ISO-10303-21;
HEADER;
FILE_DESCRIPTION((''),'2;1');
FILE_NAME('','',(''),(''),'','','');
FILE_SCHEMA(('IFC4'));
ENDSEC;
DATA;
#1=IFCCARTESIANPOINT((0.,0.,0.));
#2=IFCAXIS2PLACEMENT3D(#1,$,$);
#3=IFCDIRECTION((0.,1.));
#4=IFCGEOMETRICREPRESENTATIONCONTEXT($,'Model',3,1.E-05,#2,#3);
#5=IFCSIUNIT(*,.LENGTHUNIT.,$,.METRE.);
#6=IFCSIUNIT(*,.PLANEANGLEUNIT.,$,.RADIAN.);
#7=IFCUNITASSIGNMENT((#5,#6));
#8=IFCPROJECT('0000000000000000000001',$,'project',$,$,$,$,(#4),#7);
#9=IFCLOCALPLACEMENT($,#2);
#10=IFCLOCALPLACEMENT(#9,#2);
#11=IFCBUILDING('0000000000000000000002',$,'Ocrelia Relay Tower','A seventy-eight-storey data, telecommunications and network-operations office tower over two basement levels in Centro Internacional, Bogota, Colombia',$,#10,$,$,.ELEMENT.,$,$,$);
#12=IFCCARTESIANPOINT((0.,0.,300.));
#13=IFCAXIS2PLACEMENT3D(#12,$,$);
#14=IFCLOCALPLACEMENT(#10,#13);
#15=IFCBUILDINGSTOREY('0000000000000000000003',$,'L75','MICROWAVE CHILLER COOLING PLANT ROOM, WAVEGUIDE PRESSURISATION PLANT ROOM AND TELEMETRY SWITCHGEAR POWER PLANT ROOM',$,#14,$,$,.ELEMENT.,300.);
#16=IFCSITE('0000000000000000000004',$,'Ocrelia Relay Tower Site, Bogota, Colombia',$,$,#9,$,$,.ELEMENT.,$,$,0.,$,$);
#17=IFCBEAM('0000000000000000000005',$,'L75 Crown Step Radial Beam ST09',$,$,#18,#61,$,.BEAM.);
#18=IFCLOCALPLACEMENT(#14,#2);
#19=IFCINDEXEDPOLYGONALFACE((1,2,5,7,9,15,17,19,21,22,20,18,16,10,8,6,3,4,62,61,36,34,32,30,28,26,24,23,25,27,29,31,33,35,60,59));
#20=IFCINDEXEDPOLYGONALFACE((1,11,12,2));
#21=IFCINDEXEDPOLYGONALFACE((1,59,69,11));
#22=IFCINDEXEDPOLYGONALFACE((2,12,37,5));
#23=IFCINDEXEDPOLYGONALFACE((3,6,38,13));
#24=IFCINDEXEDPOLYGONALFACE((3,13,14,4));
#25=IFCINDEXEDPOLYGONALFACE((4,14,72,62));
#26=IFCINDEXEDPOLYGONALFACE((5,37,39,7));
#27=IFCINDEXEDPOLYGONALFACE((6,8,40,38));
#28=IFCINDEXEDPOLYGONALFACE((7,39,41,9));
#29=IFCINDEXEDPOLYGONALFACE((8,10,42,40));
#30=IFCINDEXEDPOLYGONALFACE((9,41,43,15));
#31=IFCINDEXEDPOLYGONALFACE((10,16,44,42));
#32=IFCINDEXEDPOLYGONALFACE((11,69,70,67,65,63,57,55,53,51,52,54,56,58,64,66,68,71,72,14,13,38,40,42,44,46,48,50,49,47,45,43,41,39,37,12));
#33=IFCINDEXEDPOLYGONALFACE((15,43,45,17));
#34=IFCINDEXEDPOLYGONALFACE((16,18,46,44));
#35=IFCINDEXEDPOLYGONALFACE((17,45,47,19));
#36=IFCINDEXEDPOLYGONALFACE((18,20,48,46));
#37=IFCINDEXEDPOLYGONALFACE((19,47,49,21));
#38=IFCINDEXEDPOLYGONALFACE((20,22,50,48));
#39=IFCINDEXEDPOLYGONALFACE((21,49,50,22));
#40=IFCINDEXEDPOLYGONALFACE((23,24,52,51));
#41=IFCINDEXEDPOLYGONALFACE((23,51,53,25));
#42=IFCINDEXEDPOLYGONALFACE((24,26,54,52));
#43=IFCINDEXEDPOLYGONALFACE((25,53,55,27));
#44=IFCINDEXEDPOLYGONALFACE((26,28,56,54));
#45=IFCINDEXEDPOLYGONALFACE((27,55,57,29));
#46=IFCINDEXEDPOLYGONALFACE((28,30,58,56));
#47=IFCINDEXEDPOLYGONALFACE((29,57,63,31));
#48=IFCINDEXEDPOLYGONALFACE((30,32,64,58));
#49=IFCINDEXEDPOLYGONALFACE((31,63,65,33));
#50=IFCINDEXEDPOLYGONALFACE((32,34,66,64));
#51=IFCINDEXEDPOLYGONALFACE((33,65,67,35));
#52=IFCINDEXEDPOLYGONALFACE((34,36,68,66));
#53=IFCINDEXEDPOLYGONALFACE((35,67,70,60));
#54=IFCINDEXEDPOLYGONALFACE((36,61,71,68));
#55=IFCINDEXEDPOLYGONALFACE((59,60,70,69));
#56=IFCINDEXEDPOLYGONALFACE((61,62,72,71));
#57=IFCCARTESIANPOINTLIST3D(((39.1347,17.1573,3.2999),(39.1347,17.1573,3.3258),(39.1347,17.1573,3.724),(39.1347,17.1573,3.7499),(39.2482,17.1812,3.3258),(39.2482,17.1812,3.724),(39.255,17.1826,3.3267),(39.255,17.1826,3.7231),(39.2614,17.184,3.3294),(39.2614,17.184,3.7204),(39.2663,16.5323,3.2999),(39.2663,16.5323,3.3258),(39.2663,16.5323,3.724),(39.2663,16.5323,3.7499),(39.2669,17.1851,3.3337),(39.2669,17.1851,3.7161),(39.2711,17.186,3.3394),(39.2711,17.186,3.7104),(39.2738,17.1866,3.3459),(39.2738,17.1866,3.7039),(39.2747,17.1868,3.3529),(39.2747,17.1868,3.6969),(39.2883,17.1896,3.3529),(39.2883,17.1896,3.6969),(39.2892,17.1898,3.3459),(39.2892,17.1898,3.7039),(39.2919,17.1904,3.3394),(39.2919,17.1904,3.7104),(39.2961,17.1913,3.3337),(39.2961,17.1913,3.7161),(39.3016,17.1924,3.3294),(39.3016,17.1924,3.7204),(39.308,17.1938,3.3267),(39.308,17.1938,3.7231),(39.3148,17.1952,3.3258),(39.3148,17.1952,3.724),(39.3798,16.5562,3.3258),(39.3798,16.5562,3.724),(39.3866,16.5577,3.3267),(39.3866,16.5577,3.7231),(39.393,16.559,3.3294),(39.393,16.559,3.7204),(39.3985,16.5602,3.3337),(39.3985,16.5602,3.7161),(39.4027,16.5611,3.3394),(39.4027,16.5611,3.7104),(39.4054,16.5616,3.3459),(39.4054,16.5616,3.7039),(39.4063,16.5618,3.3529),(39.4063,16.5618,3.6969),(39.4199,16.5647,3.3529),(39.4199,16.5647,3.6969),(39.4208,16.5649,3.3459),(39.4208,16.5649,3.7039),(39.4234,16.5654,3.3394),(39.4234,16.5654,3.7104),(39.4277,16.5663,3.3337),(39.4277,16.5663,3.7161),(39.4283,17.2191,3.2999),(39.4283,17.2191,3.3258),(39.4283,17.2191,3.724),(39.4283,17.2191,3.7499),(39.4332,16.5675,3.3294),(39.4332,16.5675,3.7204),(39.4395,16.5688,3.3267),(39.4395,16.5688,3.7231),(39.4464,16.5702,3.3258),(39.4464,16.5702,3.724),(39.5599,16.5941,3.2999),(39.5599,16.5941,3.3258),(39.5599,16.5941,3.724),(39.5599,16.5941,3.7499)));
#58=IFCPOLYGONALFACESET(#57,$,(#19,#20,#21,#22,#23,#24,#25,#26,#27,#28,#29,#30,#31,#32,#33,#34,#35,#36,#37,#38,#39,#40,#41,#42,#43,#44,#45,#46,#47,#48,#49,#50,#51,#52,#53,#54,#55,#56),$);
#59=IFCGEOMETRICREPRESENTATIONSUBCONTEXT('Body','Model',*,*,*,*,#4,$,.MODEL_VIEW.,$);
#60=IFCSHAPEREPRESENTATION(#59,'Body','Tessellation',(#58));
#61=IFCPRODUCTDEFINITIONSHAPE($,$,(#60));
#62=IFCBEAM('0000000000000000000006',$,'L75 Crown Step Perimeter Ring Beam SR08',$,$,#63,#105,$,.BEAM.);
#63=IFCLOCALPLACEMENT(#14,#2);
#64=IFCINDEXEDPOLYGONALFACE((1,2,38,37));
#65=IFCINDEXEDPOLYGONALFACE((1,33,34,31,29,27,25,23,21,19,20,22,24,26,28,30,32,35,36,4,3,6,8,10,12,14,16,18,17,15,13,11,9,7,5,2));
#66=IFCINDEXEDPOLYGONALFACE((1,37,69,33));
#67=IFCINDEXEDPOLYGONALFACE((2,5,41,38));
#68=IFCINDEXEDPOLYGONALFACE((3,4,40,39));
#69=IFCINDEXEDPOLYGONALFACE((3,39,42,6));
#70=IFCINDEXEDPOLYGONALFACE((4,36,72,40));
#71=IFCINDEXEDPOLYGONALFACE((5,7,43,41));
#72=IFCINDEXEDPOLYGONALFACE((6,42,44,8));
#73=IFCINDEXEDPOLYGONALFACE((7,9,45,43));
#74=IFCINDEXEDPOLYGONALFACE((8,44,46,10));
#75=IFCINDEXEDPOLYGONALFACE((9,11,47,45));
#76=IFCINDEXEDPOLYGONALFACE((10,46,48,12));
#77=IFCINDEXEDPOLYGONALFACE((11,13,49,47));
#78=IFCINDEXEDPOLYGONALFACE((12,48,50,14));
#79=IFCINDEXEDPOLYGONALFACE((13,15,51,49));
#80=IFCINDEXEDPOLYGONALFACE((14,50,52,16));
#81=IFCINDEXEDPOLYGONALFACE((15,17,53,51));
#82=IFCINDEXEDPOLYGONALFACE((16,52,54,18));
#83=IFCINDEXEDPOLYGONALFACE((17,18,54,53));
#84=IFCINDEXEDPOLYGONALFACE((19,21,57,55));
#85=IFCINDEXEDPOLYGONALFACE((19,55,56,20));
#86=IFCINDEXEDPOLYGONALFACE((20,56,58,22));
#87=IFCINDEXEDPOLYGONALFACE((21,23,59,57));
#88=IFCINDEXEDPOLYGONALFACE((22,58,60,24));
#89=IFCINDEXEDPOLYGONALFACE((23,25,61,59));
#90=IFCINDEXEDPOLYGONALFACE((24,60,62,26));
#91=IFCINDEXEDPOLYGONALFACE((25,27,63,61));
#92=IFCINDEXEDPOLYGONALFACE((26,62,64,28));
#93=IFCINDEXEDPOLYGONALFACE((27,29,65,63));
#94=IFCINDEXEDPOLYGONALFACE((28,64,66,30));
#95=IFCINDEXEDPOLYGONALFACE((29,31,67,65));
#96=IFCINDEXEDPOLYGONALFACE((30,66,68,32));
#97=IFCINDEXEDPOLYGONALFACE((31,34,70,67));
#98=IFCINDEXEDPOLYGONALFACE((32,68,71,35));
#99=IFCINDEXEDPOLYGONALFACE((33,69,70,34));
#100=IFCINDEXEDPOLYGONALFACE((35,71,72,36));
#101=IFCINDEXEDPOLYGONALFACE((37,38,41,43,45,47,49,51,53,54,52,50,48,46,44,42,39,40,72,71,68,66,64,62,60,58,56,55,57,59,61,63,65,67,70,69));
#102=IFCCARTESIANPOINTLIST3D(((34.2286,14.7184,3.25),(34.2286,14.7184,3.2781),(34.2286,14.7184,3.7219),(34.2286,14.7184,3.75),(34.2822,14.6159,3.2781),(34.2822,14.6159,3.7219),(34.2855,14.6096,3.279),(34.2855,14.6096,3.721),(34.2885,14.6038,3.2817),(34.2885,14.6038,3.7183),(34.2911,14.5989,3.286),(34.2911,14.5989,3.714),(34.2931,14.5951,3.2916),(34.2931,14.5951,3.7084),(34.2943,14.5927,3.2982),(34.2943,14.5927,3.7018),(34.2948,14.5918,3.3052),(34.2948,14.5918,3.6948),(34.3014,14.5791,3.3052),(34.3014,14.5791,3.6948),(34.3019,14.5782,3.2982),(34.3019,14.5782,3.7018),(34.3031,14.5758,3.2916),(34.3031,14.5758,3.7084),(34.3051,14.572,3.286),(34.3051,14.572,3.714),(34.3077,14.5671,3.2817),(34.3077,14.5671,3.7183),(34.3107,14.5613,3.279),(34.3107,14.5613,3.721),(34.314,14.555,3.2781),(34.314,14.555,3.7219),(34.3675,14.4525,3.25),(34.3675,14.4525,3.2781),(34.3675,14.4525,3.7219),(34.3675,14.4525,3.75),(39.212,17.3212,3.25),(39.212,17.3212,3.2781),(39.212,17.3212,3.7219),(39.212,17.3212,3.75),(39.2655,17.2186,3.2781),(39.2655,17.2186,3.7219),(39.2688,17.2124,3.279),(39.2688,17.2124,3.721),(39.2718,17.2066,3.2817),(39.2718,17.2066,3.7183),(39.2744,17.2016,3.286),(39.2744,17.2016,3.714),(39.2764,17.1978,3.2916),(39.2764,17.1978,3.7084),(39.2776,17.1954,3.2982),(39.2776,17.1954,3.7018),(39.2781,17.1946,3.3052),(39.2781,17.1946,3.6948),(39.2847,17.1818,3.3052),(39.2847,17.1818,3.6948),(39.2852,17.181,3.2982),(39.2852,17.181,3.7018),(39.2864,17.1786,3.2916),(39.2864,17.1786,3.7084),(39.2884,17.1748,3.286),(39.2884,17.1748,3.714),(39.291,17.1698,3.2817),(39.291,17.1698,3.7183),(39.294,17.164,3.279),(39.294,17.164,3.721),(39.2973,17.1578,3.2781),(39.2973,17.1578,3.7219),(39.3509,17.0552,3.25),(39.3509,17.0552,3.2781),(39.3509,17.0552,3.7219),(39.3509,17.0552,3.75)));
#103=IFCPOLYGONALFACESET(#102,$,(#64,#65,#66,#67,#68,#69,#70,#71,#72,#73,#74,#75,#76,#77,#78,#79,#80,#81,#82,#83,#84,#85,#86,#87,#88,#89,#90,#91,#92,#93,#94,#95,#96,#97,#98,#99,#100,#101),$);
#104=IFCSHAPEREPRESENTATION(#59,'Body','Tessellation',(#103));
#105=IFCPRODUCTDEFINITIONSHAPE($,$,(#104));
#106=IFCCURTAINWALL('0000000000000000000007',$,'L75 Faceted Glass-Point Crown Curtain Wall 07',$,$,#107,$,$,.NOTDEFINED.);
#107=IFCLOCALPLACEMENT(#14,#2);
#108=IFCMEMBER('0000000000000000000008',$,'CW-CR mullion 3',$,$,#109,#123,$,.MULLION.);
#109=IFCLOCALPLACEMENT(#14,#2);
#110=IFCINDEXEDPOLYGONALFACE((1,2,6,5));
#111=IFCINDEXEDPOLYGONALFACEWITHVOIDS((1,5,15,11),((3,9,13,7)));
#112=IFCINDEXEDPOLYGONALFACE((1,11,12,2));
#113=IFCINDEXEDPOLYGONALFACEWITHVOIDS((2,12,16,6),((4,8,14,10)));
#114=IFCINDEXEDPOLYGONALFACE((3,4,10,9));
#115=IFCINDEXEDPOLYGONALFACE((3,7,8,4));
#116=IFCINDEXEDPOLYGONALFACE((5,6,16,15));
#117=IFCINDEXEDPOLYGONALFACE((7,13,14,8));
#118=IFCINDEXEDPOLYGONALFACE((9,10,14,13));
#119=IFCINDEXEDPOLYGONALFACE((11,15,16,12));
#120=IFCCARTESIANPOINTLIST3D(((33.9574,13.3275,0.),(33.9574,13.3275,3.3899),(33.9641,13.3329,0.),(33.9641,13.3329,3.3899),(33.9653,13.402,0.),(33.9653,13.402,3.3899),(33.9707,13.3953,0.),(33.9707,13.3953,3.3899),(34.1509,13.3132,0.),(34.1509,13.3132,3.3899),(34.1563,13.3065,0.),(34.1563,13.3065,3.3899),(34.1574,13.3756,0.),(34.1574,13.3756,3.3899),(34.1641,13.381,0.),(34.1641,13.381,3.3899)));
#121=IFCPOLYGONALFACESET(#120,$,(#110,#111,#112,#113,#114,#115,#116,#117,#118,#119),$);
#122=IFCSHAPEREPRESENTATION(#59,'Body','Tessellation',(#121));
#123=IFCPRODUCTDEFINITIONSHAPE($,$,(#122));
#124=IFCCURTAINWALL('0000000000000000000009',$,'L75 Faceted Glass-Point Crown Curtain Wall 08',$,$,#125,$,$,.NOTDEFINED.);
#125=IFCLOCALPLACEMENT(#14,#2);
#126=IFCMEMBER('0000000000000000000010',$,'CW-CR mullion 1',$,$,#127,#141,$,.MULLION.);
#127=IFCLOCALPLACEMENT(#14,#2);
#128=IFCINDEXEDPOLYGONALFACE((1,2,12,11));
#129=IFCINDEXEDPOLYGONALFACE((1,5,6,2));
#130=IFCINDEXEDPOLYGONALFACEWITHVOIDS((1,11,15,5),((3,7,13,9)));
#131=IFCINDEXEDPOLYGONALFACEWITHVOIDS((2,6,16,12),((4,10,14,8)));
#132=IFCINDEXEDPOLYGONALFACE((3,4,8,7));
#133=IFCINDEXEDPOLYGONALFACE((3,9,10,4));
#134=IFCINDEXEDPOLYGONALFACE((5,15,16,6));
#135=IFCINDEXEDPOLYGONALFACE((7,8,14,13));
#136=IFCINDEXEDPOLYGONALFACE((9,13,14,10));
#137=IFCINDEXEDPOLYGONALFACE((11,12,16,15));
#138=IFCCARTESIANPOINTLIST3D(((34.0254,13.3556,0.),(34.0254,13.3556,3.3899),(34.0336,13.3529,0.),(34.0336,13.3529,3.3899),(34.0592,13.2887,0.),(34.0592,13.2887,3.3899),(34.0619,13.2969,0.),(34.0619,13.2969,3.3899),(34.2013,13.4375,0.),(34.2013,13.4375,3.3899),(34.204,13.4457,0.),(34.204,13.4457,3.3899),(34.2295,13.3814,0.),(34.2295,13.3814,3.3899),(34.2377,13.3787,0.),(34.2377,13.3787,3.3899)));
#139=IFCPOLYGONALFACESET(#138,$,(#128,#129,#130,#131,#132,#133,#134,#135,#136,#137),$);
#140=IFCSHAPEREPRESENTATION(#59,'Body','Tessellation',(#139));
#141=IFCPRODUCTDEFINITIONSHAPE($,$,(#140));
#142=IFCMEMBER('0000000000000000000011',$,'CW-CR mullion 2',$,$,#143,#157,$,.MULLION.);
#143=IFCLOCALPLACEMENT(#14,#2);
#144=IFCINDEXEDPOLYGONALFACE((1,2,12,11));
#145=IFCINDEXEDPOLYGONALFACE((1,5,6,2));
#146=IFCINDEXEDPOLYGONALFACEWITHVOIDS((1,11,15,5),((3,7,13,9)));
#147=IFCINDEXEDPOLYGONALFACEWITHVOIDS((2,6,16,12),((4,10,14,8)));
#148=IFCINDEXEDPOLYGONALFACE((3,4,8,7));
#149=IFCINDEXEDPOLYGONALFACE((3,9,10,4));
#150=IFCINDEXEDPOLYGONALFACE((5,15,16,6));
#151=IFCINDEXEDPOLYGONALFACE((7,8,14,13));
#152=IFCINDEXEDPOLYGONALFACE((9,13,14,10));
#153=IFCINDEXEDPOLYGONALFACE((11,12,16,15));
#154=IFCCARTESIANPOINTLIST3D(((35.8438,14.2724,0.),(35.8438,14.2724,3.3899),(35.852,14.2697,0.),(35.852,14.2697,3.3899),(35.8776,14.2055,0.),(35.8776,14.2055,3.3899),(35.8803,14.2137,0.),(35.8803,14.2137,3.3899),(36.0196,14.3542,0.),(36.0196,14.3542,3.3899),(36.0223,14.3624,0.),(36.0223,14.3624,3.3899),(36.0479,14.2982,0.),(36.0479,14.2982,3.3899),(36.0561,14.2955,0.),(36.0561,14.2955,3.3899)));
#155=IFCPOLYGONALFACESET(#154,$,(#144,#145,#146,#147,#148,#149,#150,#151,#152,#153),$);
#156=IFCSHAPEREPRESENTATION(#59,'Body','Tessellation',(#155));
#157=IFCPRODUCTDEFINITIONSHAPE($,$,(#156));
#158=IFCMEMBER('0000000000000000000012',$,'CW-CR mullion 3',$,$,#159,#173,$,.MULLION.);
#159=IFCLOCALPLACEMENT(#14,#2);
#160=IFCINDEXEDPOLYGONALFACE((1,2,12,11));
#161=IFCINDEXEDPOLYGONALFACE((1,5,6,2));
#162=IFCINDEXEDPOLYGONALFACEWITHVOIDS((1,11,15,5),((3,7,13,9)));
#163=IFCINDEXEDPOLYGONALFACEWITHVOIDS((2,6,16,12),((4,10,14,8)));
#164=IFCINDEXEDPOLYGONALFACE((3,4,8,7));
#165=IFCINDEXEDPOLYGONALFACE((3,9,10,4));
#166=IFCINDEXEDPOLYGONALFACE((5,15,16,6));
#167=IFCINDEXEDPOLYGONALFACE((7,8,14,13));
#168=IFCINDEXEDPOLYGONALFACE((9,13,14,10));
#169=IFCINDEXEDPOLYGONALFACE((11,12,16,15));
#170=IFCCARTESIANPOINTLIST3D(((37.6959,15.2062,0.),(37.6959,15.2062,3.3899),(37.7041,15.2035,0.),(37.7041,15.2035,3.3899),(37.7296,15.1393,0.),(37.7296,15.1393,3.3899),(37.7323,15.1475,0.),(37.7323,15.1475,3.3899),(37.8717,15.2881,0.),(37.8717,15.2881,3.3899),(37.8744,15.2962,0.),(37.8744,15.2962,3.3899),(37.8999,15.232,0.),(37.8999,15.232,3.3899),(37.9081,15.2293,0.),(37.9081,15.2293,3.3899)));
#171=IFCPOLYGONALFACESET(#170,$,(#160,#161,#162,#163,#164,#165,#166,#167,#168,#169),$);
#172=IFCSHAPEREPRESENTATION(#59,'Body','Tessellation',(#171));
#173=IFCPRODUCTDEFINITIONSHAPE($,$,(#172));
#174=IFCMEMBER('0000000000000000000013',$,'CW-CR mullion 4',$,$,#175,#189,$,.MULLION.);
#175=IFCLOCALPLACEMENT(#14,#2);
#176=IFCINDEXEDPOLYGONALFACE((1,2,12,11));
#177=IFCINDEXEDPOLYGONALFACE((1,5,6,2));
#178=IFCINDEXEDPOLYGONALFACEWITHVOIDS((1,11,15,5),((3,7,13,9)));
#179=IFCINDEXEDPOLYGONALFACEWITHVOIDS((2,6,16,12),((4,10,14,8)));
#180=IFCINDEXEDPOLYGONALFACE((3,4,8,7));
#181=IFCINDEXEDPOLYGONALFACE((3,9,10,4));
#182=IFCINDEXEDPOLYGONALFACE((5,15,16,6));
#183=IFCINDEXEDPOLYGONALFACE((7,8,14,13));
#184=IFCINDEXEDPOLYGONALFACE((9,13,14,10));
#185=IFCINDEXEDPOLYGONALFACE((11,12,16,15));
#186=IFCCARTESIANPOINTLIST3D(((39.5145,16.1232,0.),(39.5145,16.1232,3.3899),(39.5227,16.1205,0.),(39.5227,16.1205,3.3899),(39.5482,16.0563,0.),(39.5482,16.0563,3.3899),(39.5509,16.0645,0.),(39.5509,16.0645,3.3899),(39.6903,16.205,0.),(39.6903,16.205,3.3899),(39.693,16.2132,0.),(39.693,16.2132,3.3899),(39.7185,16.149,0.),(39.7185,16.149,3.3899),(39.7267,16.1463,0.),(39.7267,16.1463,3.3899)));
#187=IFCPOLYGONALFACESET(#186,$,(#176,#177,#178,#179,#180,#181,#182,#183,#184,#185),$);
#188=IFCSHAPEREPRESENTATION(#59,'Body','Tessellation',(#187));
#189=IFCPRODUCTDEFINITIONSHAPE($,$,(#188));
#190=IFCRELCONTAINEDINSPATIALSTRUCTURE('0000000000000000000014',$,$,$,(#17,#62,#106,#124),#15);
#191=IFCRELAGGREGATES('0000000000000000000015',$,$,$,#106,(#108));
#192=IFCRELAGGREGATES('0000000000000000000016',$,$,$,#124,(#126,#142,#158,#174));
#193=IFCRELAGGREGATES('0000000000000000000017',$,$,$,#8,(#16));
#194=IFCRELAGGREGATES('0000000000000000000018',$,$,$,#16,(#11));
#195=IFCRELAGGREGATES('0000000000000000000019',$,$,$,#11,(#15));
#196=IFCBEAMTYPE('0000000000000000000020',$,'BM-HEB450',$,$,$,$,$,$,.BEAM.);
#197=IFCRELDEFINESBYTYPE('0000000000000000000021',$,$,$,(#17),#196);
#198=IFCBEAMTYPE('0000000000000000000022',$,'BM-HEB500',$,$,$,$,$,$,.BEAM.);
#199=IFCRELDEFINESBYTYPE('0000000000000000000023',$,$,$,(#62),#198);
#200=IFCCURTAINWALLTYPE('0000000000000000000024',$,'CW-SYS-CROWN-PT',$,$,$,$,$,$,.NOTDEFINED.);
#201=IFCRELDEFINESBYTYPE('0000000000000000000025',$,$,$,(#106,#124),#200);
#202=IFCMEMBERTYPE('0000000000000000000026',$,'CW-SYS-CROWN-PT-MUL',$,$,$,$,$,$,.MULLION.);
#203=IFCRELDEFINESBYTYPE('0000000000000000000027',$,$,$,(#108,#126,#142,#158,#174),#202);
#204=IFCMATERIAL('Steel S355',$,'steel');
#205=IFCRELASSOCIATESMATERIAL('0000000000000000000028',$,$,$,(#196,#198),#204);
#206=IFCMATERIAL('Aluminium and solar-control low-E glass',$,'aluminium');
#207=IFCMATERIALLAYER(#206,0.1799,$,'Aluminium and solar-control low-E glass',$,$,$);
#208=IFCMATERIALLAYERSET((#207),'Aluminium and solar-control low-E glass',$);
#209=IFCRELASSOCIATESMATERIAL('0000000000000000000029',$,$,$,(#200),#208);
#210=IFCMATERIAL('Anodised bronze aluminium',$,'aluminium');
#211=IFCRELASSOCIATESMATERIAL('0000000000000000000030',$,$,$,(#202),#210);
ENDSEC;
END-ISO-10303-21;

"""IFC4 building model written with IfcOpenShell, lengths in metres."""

from ifc_helpers import new_model, si_unit, direction, frame, origin, origin_2d, place, context, subcontext, project, spatial, hollow_rectangle, i_section, extrude, material, layer, layer_set, material_profile, profile_set, type_object, element, aggregate, save


model = new_model("IFC4")

# Units and contexts
model_context = context("Model", 3, precision=1e-05, world=origin(), true_north=direction((0.0, 1.0)))
body_context = subcontext(model_context, "Body", "Model", "MODEL_VIEW")
ifc_project = project(units=[si_unit("LENGTHUNIT", "METRE"), si_unit("PLANEANGLEUNIT", "RADIAN")], contexts=[model_context])

# Site, building, storey
site_placement = place(None, origin())
site = spatial("IfcSite", under=ifc_project, at=site_placement, Name="Ocrelia Relay Tower Site, Bogota, Colombia", CompositionType="ELEMENT", RefElevation=0.0)
building_placement = place(site_placement, origin())
building = spatial("IfcBuilding", under=site, at=building_placement, Name="Ocrelia Relay Tower", Description="A seventy-eight-storey data, telecommunications and network-operations office tower over two basement levels in Centro Internacional, Bogota, Colombia", CompositionType="ELEMENT")
storey_placement = place(building_placement, frame((0.0, 0.0, 300.0)))
storey = spatial("IfcBuildingStorey", under=building, at=storey_placement, Name="L75", Description="MICROWAVE CHILLER COOLING PLANT ROOM, WAVEGUIDE PRESSURISATION PLANT ROOM AND TELEMETRY SWITCHGEAR POWER PLANT ROOM", CompositionType="ELEMENT", Elevation=300.0)

# Beams
ifc_material_1 = material(Name="Steel S355", Category="steel")
ifc_material_profile_1 = material_profile(ifc_material_1, i_section(OverallWidth=0.3, OverallDepth=0.45, WebThickness=0.0139, FlangeThickness=0.0259, FilletRadius=0.0271, at=origin_2d()), Name="HEB 450")
ifc_profile_set_1 = profile_set([ifc_material_profile_1], Name="Steel S355")
beam_type_1 = type_object("IfcBeamType", Name="BM-HEB450", PredefinedType="BEAM", material=ifc_profile_set_1)
beam_1_placement = place(storey_placement, frame((39.4131, 16.5632, 3.5249), z_axis=(-0.20603, 0.978546, 0.0), x_axis=(-0.978546, -0.20603, 0.0)))
element("IfcBeam", 1, at=beam_1_placement, inside=storey, type_object=beam_type_1, Name="L75 Crown Step Radial Beam ST09", PredefinedType="BEAM", context=body_context, shape_type="SweptSolid", body=[
    extrude(i_section(OverallWidth=0.3, OverallDepth=0.45, WebThickness=0.0139, FlangeThickness=0.0259, FilletRadius=0.0271, at=origin_2d()), origin(), (0.0, 0.0, 1.0), 0.6387),
])
ifc_material_profile_2 = material_profile(ifc_material_1, i_section(OverallWidth=0.3, OverallDepth=0.5, WebThickness=0.0144, FlangeThickness=0.0281, FilletRadius=0.0271, at=origin_2d()), Name="HEB 500")
ifc_profile_set_2 = profile_set([ifc_material_profile_2], Name="Steel S355")
beam_type_2 = type_object("IfcBeamType", Name="BM-HEB500", PredefinedType="BEAM", material=ifc_profile_set_2)
beam_2_placement = place(storey_placement, frame((34.2981, 14.5854, 3.5), z_axis=(0.886384, 0.46295, 0.0), x_axis=(-0.46295, 0.886384, 0.0)))
element("IfcBeam", 2, at=beam_2_placement, inside=storey, type_object=beam_type_2, Name="L75 Crown Step Perimeter Ring Beam SR08", PredefinedType="BEAM", context=body_context, shape_type="SweptSolid", body=[
    extrude(i_section(OverallWidth=0.3, OverallDepth=0.5, WebThickness=0.0144, FlangeThickness=0.0281, FilletRadius=0.0271, at=origin_2d()), origin(), (0.0, 0.0, 1.0), 5.6221),
])

# Curtain wall, member
ifc_material_2 = material(Name="Aluminium and solar-control low-E glass", Category="aluminium")
ifc_layer_1 = layer(ifc_material_2, 0.1799, Name="Aluminium and solar-control low-E glass")
ifc_layer_set_1 = layer_set([ifc_layer_1], Name="Aluminium and solar-control low-E glass")
curtain_wall_type = type_object("IfcCurtainWallType", Name="CW-SYS-CROWN-PT", PredefinedType="NOTDEFINED", material=ifc_layer_set_1)
curtain_wall_1_placement = place(storey_placement, origin())
curtain_wall_1 = element("IfcCurtainWall", 3, at=curtain_wall_1_placement, inside=storey, type_object=curtain_wall_type, Name="L75 Faceted Glass-Point Crown Curtain Wall 07", PredefinedType="NOTDEFINED")
ifc_material_3 = material(Name="Anodised bronze aluminium", Category="aluminium")
ifc_material_profile_3 = material_profile(ifc_material_3, hollow_rectangle(XDim=0.075, YDim=0.2, WallThickness=0.0061, at=origin_2d()), Name="CW-MUL-200x75")
ifc_profile_set_3 = profile_set([ifc_material_profile_3], Name="Anodised bronze aluminium")
member_type_1 = type_object("IfcMemberType", Name="CW-SYS-CROWN-PT-MUL", PredefinedType="MULLION", material=ifc_profile_set_3)
member_1_placement = place(storey_placement, frame((34.0608, 13.3542, 0.0), z_axis=(0.0, 0.0, 1.0), x_axis=(0.104755, 0.994498, 0.0)))
member_1 = element("IfcMember", 4, at=member_1_placement, type_object=member_type_1, Name="CW-CR mullion 3", PredefinedType="MULLION", context=body_context, shape_type="SweptSolid", body=[
    extrude(hollow_rectangle(XDim=0.075, YDim=0.2, WallThickness=0.0061, at=origin_2d()), origin(), (0.0, 0.0, 1.0), 3.3899),
])
aggregate(curtain_wall_1, [member_1])

# Curtain wall, members
curtain_wall_2_placement = place(storey_placement, origin())
curtain_wall_2 = element("IfcCurtainWall", 5, at=curtain_wall_2_placement, inside=storey, type_object=curtain_wall_type, Name="L75 Faceted Glass-Point Crown Curtain Wall 08", PredefinedType="NOTDEFINED")
member_2_placement = place(storey_placement, frame((34.1316, 13.3672, 0.0), z_axis=(0.0, 0.0, 1.0), x_axis=(-0.450232, 0.892911, 0.0)))
member_2 = element("IfcMember", 6, at=member_2_placement, type_object=member_type_1, Name="CW-CR mullion 1", PredefinedType="MULLION", context=body_context, shape_type="SweptSolid", body=[
    extrude(hollow_rectangle(XDim=0.075, YDim=0.2, WallThickness=0.0061, at=origin_2d()), origin(), (0.0, 0.0, 1.0), 3.3899),
])
member_3_placement = place(storey_placement, frame((35.95, 14.2839, 0.0), z_axis=(0.0, 0.0, 1.0), x_axis=(-0.450232, 0.892911, 0.0)))
member_3 = element("IfcMember", 7, at=member_3_placement, type_object=member_type_1, Name="CW-CR mullion 2", PredefinedType="MULLION", context=body_context, shape_type="SweptSolid", body=[
    extrude(hollow_rectangle(XDim=0.075, YDim=0.2, WallThickness=0.0061, at=origin_2d()), origin(), (0.0, 0.0, 1.0), 3.3899),
])
member_4_placement = place(storey_placement, frame((37.802, 15.2178, 0.0), z_axis=(0.0, 0.0, 1.0), x_axis=(-0.450232, 0.892911, 0.0)))
member_4 = element("IfcMember", 8, at=member_4_placement, type_object=member_type_1, Name="CW-CR mullion 3", PredefinedType="MULLION", context=body_context, shape_type="SweptSolid", body=[
    extrude(hollow_rectangle(XDim=0.075, YDim=0.2, WallThickness=0.0061, at=origin_2d()), origin(), (0.0, 0.0, 1.0), 3.3899),
])
member_5_placement = place(storey_placement, frame((39.6206, 16.1348, 0.0), z_axis=(0.0, 0.0, 1.0), x_axis=(-0.450232, 0.892911, 0.0)))
member_5 = element("IfcMember", 9, at=member_5_placement, type_object=member_type_1, Name="CW-CR mullion 4", PredefinedType="MULLION", context=body_context, shape_type="SweptSolid", body=[
    extrude(hollow_rectangle(XDim=0.075, YDim=0.2, WallThickness=0.0061, at=origin_2d()), origin(), (0.0, 0.0, 1.0), 3.3899),
])

aggregate(curtain_wall_2, [member_2, member_3, member_4, member_5])

save(model, "model.ifc")
